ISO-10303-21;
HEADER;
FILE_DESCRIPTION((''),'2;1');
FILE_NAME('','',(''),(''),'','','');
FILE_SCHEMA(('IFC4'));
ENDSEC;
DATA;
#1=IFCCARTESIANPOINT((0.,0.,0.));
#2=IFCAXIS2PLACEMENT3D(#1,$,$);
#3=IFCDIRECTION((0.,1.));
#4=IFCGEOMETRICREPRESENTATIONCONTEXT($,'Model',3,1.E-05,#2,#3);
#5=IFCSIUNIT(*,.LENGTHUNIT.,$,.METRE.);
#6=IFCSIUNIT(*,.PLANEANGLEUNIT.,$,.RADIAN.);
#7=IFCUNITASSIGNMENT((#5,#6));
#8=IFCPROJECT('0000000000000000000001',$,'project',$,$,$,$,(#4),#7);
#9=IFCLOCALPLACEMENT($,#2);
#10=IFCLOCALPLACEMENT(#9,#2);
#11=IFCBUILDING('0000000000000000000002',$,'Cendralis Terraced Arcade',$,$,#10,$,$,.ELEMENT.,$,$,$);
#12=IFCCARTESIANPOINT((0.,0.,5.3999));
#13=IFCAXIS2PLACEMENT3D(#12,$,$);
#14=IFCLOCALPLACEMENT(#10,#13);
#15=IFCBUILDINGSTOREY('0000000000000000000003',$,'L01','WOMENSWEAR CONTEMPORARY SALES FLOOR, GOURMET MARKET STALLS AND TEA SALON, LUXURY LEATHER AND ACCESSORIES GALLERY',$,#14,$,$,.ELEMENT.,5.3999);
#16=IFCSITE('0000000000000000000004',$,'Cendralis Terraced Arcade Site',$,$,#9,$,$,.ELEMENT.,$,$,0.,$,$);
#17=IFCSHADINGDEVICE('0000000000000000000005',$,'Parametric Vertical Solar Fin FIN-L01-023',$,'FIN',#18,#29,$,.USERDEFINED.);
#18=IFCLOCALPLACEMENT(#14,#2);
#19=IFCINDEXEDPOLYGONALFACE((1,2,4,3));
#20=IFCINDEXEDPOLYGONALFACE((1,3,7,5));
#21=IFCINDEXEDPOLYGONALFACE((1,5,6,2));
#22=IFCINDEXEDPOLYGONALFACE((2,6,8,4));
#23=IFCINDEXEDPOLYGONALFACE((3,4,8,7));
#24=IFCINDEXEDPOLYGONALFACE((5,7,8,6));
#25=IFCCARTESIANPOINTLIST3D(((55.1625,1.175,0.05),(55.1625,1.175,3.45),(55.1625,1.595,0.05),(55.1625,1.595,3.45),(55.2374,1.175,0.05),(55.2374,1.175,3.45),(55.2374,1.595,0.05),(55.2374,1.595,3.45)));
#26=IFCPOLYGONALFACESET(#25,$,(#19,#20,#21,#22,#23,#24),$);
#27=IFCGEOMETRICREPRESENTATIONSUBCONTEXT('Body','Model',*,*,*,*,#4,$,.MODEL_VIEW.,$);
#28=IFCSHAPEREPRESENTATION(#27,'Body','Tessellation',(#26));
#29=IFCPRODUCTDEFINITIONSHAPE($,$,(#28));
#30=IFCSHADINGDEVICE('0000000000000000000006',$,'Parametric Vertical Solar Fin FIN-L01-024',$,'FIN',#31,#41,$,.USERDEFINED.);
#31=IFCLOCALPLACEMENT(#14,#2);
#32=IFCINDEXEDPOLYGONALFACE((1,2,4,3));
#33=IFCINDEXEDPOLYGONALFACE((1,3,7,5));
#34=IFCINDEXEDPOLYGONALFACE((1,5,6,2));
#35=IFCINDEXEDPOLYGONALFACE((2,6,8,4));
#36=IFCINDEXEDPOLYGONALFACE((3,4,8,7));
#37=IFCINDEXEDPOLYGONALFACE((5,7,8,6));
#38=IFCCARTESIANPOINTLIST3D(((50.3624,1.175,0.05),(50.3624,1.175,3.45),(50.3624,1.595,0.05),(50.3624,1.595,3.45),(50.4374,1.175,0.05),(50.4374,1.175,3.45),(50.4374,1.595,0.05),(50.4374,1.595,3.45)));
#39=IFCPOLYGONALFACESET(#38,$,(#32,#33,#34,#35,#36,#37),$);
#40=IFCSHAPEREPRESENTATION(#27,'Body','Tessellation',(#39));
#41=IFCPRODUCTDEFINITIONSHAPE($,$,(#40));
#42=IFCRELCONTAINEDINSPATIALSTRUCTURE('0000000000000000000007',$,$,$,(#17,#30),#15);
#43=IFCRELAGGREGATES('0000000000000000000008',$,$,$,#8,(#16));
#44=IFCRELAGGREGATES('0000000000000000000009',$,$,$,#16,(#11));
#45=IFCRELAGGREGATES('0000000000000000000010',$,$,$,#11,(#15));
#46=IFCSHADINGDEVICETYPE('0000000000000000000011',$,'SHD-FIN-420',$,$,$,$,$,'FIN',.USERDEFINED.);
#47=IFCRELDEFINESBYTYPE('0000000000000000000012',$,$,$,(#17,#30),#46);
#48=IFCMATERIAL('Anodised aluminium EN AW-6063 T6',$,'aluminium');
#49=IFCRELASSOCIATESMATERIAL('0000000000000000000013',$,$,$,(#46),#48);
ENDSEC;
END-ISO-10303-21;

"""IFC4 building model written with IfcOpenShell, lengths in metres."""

from ifc_helpers import new_model, si_unit, direction, frame, origin, origin_2d, place, context, subcontext, project, spatial, rectangle, extrude, material, type_object, element, save


model = new_model("IFC4")

# Units and contexts
model_context = context("Model", 3, precision=1e-05, world=origin(), true_north=direction((0.0, 1.0)))
body_context = subcontext(model_context, "Body", "Model", "MODEL_VIEW")
ifc_project = project(units=[si_unit("LENGTHUNIT", "METRE"), si_unit("PLANEANGLEUNIT", "RADIAN")], contexts=[model_context])

# Site, building, storey
site_placement = place(None, origin())
site = spatial("IfcSite", under=ifc_project, at=site_placement, Name="Cendralis Terraced Arcade Site", CompositionType="ELEMENT", RefElevation=0.0)
building_placement = place(site_placement, origin())
building = spatial("IfcBuilding", under=site, at=building_placement, Name="Cendralis Terraced Arcade", CompositionType="ELEMENT")
storey_placement = place(building_placement, frame((0.0, 0.0, 5.3999)))
storey = spatial("IfcBuildingStorey", under=building, at=storey_placement, Name="L01", Description="WOMENSWEAR CONTEMPORARY SALES FLOOR, GOURMET MARKET STALLS AND TEA SALON, LUXURY LEATHER AND ACCESSORIES GALLERY", CompositionType="ELEMENT", Elevation=5.3999)

# Shared definitions
ifc_material_1 = material(Name="Anodised aluminium EN AW-6063 T6", Category="aluminium")

# Shading devices
shading_device_type = type_object("IfcShadingDeviceType", Name="SHD-FIN-420", ElementType="FIN", PredefinedType="USERDEFINED", material=ifc_material_1)
for number, where, z_axis, x_axis, name in (
    (1, (55.2, 1.385, 0.05), (0.0, 0.0, 1.0), (-1.0, 0.0, 0.0), "Parametric Vertical Solar Fin FIN-L01-023"),
    (2, (50.3999, 1.385, 0.05), (0.0, 0.0, 1.0), (-1.0, 0.0, 0.0), "Parametric Vertical Solar Fin FIN-L01-024"),
):
    element("IfcShadingDevice", number, at=place(storey_placement, frame(where, z_axis=z_axis, x_axis=x_axis)), inside=storey, type_object=shading_device_type, Name=name, ObjectType="FIN", PredefinedType="USERDEFINED", context=body_context, shape_type="SweptSolid", body=[
        extrude(rectangle(XDim=0.075, YDim=0.4199, at=origin_2d()), origin(), (0.0, 0.0, 1.0), 3.3999),
    ])

save(model, "model.ifc")
